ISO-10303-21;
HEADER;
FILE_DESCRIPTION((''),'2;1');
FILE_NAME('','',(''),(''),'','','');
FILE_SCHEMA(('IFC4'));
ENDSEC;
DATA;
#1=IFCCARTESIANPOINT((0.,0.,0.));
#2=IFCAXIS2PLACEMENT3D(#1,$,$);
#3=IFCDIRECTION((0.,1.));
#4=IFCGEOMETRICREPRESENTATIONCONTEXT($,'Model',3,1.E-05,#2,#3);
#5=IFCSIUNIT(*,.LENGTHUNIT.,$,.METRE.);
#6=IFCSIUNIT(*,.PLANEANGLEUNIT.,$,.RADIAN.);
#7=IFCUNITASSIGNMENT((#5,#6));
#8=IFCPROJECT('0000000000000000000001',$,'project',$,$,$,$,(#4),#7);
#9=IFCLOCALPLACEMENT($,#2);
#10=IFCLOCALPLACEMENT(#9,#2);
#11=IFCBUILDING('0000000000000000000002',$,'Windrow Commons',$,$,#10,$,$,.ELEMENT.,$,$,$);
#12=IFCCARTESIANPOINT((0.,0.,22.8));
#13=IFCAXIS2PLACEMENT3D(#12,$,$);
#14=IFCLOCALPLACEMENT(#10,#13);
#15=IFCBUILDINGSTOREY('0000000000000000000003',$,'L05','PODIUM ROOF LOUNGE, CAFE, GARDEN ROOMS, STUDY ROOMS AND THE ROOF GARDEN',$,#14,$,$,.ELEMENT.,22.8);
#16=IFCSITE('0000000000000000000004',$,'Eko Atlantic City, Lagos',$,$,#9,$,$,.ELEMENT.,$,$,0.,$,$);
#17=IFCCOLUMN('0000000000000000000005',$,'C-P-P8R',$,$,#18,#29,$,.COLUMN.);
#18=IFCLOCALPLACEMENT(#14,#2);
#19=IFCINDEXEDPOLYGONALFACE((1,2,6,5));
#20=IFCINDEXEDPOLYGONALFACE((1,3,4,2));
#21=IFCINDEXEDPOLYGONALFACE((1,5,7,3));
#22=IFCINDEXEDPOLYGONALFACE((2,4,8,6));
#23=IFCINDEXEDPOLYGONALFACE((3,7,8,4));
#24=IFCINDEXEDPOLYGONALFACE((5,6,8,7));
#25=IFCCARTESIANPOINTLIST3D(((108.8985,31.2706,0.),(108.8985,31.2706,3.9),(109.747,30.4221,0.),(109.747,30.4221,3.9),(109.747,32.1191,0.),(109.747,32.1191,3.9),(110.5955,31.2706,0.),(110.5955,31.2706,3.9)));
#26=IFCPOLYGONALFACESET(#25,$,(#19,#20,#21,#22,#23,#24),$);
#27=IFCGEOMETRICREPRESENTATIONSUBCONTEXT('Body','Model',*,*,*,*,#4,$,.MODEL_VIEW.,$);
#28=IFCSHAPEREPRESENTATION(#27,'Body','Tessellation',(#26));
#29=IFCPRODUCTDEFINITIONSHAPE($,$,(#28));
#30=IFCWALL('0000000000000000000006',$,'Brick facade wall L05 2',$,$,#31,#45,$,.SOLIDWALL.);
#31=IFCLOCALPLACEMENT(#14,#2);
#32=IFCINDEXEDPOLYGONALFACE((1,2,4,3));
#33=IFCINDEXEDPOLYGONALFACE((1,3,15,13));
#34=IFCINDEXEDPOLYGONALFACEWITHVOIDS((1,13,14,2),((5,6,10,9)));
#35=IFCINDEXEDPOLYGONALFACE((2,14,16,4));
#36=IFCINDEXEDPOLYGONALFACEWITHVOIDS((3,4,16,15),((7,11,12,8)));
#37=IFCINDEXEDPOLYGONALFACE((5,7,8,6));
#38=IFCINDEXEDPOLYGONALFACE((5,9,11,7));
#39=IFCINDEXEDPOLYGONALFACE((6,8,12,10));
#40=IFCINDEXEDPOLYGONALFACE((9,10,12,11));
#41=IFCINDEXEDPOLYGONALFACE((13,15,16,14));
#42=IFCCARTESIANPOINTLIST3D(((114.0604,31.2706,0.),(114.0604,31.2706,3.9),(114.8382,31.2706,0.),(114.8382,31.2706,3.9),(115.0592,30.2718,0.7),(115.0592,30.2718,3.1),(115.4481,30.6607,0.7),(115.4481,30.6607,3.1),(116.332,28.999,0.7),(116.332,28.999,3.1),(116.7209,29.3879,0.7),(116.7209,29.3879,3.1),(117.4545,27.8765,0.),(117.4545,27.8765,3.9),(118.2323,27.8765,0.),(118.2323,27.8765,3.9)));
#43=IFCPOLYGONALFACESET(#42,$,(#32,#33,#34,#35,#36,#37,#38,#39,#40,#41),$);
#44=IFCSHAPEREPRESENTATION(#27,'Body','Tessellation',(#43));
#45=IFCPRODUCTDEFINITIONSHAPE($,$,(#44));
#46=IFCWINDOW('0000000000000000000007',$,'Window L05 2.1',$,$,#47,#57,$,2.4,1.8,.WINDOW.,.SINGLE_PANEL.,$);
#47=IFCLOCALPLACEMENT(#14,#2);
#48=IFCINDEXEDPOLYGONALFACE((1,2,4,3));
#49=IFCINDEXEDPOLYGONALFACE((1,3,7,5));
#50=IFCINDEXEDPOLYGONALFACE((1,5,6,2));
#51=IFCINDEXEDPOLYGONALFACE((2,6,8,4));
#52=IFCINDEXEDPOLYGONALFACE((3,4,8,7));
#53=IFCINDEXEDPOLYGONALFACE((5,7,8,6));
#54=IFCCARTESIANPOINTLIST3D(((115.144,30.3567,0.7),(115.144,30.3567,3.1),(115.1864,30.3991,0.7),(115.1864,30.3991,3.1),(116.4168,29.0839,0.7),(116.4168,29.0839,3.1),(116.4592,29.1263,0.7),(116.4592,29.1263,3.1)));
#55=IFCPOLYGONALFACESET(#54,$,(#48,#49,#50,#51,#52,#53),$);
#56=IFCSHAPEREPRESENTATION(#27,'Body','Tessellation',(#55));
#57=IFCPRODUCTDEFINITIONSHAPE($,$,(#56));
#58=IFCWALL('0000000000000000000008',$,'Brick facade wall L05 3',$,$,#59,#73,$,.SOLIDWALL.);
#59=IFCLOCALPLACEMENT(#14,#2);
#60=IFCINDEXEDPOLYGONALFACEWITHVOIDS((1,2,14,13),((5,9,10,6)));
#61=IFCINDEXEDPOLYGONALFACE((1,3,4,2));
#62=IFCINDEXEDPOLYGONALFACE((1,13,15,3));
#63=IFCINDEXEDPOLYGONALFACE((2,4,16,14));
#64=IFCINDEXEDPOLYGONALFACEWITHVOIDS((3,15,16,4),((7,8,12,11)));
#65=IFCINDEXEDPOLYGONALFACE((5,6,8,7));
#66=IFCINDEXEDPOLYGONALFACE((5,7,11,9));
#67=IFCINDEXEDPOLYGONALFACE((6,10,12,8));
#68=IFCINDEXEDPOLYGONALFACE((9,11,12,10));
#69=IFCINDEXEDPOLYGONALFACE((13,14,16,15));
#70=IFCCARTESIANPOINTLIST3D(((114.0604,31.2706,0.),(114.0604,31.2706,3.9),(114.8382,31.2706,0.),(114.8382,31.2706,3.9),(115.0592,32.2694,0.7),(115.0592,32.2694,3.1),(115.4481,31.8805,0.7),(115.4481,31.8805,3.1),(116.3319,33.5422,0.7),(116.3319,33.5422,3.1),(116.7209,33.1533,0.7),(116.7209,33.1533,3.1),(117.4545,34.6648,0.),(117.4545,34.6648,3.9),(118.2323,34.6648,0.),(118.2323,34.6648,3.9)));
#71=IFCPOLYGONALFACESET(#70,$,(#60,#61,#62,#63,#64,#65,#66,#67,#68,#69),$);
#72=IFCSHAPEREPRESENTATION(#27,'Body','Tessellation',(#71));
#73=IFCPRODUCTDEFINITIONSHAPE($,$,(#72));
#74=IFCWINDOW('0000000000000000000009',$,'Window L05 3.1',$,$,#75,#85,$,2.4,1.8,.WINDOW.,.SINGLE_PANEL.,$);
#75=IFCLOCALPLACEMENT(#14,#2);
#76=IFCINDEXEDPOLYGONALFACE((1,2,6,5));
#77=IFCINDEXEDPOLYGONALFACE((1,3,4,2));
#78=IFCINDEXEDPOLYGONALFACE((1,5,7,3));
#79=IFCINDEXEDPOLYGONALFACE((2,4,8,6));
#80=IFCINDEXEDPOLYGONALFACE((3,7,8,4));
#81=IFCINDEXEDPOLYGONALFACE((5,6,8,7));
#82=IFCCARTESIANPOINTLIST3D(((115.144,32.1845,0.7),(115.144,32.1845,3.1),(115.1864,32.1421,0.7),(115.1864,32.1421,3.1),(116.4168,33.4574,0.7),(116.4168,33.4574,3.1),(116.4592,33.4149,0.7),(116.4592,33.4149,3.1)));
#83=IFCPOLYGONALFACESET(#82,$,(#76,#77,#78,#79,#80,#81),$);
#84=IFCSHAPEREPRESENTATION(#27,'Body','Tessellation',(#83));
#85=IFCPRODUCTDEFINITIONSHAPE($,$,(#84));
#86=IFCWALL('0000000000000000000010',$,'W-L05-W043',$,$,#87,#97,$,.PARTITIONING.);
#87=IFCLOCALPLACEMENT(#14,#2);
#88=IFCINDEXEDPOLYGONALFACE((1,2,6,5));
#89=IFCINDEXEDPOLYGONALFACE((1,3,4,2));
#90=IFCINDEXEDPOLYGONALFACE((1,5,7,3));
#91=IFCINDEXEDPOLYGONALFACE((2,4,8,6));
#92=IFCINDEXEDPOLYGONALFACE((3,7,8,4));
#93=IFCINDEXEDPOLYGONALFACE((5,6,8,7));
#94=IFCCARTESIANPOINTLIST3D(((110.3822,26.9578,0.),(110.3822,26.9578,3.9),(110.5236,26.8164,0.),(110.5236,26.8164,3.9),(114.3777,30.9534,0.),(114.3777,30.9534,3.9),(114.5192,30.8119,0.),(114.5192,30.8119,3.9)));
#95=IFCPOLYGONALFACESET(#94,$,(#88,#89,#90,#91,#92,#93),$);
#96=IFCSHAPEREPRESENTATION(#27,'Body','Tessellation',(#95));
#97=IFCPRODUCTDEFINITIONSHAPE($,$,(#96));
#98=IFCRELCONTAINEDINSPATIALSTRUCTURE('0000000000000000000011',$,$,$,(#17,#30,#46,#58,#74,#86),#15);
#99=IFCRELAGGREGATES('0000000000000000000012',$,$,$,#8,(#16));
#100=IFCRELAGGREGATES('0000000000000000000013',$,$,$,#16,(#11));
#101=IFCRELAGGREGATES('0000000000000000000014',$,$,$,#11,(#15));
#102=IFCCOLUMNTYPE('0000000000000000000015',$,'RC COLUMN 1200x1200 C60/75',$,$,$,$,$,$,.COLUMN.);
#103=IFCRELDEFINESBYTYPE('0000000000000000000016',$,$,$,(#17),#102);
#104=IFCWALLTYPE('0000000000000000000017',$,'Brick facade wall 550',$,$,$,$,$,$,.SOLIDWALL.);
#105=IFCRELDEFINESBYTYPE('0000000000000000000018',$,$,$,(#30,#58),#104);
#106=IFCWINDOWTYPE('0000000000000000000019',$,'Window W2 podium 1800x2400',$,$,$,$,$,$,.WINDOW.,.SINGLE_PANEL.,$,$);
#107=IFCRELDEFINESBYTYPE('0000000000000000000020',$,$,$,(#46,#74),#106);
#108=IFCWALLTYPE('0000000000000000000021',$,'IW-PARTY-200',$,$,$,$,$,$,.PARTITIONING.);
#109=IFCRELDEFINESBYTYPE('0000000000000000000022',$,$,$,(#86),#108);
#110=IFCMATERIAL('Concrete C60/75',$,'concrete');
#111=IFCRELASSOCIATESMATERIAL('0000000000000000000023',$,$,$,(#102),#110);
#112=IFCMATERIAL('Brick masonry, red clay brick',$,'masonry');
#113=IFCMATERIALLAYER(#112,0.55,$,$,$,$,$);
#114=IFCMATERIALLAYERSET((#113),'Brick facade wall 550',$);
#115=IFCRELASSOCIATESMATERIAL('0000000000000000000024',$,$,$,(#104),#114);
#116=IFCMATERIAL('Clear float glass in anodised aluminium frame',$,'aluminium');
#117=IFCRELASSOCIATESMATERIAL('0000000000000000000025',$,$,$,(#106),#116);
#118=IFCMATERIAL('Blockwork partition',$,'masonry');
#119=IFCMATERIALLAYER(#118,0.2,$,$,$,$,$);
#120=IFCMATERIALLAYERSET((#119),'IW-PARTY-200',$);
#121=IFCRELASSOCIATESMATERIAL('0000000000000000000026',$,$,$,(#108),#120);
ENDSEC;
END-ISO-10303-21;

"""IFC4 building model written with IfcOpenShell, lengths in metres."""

from ifc_helpers import new_model, si_unit, direction, frame, frame_2d, origin, origin_2d, place, context, subcontext, project, spatial, polyline, rectangle, outline, extrude, material, layer, layer_set, material_profile, profile_set, type_object, element, fill, save


model = new_model("IFC4")

# Units and contexts
model_context = context("Model", 3, precision=1e-05, world=origin(), true_north=direction((0.0, 1.0)))
body_context = subcontext(model_context, "Body", "Model", "MODEL_VIEW")
ifc_project = project(units=[si_unit("LENGTHUNIT", "METRE"), si_unit("PLANEANGLEUNIT", "RADIAN")], contexts=[model_context])

# Site, building, storey
site_placement = place(None, origin())
site = spatial("IfcSite", under=ifc_project, at=site_placement, Name="Eko Atlantic City, Lagos", CompositionType="ELEMENT", RefElevation=0.0)
building_placement = place(site_placement, origin())
building = spatial("IfcBuilding", under=site, at=building_placement, Name="Windrow Commons", CompositionType="ELEMENT")
storey_placement = place(building_placement, frame((0.0, 0.0, 22.8)))
storey = spatial("IfcBuildingStorey", under=building, at=storey_placement, Name="L05", Description="PODIUM ROOF LOUNGE, CAFE, GARDEN ROOMS, STUDY ROOMS AND THE ROOF GARDEN", CompositionType="ELEMENT", Elevation=22.8)

# Column
ifc_material_1 = material(Name="Concrete C60/75", Category="concrete")
ifc_material_profile = material_profile(ifc_material_1, rectangle(XDim=1.2, YDim=1.2, at=origin_2d()))
ifc_profile_set = profile_set([ifc_material_profile], Name="Concrete C60/75")
column_type = type_object("IfcColumnType", Name="RC COLUMN 1200x1200 C60/75", PredefinedType="COLUMN", material=ifc_profile_set)
column_placement = place(storey_placement, frame((109.747, 31.2706, 0.0), z_axis=(0.0, 0.0, 1.0), x_axis=(0.707107, -0.707107, 0.0)))
element("IfcColumn", 1, at=column_placement, inside=storey, type_object=column_type, Name="C-P-P8R", PredefinedType="COLUMN", context=body_context, shape_type="SweptSolid", body=[
    extrude(rectangle(XDim=1.2, YDim=1.2, at=origin_2d()), origin(), (0.0, 0.0, 1.0), 3.9),
])

# Walls, openings, windows
ifc_material_2 = material(Name="Brick masonry, red clay brick", Category="masonry")
ifc_layer_1 = layer(ifc_material_2, 0.55)
ifc_layer_set_1 = layer_set([ifc_layer_1], Name="Brick facade wall 550")
wall_type_1 = type_object("IfcWallType", Name="Brick facade wall 550", PredefinedType="SOLIDWALL", material=ifc_layer_set_1)
wall_1_placement = place(storey_placement, frame((117.8434, 27.8765, 0.0), z_axis=(0.0, 0.0, 1.0), x_axis=(-0.707107, 0.707107, 0.0)))
wall_1 = element("IfcWall", 2, at=wall_1_placement, inside=storey, type_object=wall_type_1, Name="Brick facade wall L05 2", PredefinedType="SOLIDWALL", context=body_context, shape_type="SweptSolid", body=[
    extrude(outline(polyline([(-0.275, -0.275), (4.525, -0.275), (5.075, 0.275), (0.275, 0.275), (-0.275, -0.275)])), origin(), (0.0, 0.0, 1.0), 3.9),
])
opening_1_placement = place(wall_1_placement, frame((1.8625, 0.0, 0.7)))
opening_1 = element("IfcOpeningElement", 3, at=opening_1_placement, cuts=wall_1, PredefinedType="OPENING", context=body_context, shape_type="SweptSolid", body=[
    extrude(rectangle(XDim=1.8, YDim=2.4, at=frame_2d((0.9, 1.2))), frame((0.0, 0.285, 0.0), z_axis=(0.0, -1.0, 0.0), x_axis=(1.0, 0.0, 0.0)), (0.0, 0.0, 1.0), 0.57),
])
ifc_material_3 = material(Name="Clear float glass in anodised aluminium frame", Category="aluminium")
window_type = type_object("IfcWindowType", Name="Window W2 podium 1800x2400", PartitioningType="SINGLE_PANEL", PredefinedType="WINDOW", material=ifc_material_3)
window_1_placement = place(opening_1_placement, origin())
window_1 = element("IfcWindow", 4, at=window_1_placement, inside=storey, type_object=window_type, Name="Window L05 2.1", OverallHeight=2.4, OverallWidth=1.8, PartitioningType="SINGLE_PANEL", PredefinedType="WINDOW", context=body_context, shape_type="SweptSolid", body=[
    extrude(rectangle(XDim=1.8, YDim=2.4, at=frame_2d((0.9, 1.2))), frame((0.0, 0.155, 0.0), z_axis=(0.0, -1.0, 0.0), x_axis=(1.0, 0.0, 0.0)), (0.0, 0.0, 1.0), 0.06),
])
fill(opening_1, window_1)
wall_2_placement = place(storey_placement, frame((114.4493, 31.2706, 0.0), z_axis=(0.0, 0.0, 1.0), x_axis=(0.707096, 0.707117, 0.0)))
wall_2 = element("IfcWall", 5, at=wall_2_placement, inside=storey, type_object=wall_type_1, Name="Brick facade wall L05 3", PredefinedType="SOLIDWALL", context=body_context, shape_type="SweptSolid", body=[
    extrude(outline(polyline([(0.275, -0.275), (5.075, -0.275), (4.5251, 0.275), (-0.275, 0.275), (0.275, -0.275)])), origin(), (0.0, 0.0, 1.0), 3.9),
])
opening_2_placement = place(wall_2_placement, frame((1.1375, 0.0, 0.7)))
opening_2 = element("IfcOpeningElement", 6, at=opening_2_placement, cuts=wall_2, PredefinedType="OPENING", context=body_context, shape_type="SweptSolid", body=[
    extrude(rectangle(XDim=1.8, YDim=2.4, at=frame_2d((0.9, 1.2))), frame((0.0, 0.285, 0.0), z_axis=(0.0, -1.0, 0.0), x_axis=(1.0, 0.0, 0.0)), (0.0, 0.0, 1.0), 0.57),
])
window_2_placement = place(opening_2_placement, origin())
window_2 = element("IfcWindow", 7, at=window_2_placement, inside=storey, type_object=window_type, Name="Window L05 3.1", OverallHeight=2.4, OverallWidth=1.8, PartitioningType="SINGLE_PANEL", PredefinedType="WINDOW", context=body_context, shape_type="SweptSolid", body=[
    extrude(rectangle(XDim=1.8, YDim=2.4, at=frame_2d((0.9, 1.2))), frame((0.0, 0.155, 0.0), z_axis=(0.0, -1.0, 0.0), x_axis=(1.0, 0.0, 0.0)), (0.0, 0.0, 1.0), 0.06),
])
fill(opening_2, window_2)

# Wall
ifc_material_4 = material(Name="Blockwork partition", Category="masonry")
ifc_layer_2 = layer(ifc_material_4, 0.2)
ifc_layer_set_2 = layer_set([ifc_layer_2], Name="IW-PARTY-200")
wall_type_2 = type_object("IfcWallType", Name="IW-PARTY-200", PredefinedType="PARTITIONING", material=ifc_layer_set_2)
wall_3_placement = place(storey_placement, frame((110.4529, 26.8871, 0.0), z_axis=(0.0, 0.0, 1.0), x_axis=(0.707107, 0.707107, 0.0)))
element("IfcWall", 8, at=wall_3_placement, inside=storey, type_object=wall_type_2, Name="W-L05-W043", PredefinedType="PARTITIONING", context=body_context, shape_type="SweptSolid", body=[
    extrude(rectangle(XDim=5.6505, YDim=0.2, at=frame_2d((2.8253, 0.0))), origin(), (0.0, 0.0, 1.0), 3.9),
])

save(model, "model.ifc")
